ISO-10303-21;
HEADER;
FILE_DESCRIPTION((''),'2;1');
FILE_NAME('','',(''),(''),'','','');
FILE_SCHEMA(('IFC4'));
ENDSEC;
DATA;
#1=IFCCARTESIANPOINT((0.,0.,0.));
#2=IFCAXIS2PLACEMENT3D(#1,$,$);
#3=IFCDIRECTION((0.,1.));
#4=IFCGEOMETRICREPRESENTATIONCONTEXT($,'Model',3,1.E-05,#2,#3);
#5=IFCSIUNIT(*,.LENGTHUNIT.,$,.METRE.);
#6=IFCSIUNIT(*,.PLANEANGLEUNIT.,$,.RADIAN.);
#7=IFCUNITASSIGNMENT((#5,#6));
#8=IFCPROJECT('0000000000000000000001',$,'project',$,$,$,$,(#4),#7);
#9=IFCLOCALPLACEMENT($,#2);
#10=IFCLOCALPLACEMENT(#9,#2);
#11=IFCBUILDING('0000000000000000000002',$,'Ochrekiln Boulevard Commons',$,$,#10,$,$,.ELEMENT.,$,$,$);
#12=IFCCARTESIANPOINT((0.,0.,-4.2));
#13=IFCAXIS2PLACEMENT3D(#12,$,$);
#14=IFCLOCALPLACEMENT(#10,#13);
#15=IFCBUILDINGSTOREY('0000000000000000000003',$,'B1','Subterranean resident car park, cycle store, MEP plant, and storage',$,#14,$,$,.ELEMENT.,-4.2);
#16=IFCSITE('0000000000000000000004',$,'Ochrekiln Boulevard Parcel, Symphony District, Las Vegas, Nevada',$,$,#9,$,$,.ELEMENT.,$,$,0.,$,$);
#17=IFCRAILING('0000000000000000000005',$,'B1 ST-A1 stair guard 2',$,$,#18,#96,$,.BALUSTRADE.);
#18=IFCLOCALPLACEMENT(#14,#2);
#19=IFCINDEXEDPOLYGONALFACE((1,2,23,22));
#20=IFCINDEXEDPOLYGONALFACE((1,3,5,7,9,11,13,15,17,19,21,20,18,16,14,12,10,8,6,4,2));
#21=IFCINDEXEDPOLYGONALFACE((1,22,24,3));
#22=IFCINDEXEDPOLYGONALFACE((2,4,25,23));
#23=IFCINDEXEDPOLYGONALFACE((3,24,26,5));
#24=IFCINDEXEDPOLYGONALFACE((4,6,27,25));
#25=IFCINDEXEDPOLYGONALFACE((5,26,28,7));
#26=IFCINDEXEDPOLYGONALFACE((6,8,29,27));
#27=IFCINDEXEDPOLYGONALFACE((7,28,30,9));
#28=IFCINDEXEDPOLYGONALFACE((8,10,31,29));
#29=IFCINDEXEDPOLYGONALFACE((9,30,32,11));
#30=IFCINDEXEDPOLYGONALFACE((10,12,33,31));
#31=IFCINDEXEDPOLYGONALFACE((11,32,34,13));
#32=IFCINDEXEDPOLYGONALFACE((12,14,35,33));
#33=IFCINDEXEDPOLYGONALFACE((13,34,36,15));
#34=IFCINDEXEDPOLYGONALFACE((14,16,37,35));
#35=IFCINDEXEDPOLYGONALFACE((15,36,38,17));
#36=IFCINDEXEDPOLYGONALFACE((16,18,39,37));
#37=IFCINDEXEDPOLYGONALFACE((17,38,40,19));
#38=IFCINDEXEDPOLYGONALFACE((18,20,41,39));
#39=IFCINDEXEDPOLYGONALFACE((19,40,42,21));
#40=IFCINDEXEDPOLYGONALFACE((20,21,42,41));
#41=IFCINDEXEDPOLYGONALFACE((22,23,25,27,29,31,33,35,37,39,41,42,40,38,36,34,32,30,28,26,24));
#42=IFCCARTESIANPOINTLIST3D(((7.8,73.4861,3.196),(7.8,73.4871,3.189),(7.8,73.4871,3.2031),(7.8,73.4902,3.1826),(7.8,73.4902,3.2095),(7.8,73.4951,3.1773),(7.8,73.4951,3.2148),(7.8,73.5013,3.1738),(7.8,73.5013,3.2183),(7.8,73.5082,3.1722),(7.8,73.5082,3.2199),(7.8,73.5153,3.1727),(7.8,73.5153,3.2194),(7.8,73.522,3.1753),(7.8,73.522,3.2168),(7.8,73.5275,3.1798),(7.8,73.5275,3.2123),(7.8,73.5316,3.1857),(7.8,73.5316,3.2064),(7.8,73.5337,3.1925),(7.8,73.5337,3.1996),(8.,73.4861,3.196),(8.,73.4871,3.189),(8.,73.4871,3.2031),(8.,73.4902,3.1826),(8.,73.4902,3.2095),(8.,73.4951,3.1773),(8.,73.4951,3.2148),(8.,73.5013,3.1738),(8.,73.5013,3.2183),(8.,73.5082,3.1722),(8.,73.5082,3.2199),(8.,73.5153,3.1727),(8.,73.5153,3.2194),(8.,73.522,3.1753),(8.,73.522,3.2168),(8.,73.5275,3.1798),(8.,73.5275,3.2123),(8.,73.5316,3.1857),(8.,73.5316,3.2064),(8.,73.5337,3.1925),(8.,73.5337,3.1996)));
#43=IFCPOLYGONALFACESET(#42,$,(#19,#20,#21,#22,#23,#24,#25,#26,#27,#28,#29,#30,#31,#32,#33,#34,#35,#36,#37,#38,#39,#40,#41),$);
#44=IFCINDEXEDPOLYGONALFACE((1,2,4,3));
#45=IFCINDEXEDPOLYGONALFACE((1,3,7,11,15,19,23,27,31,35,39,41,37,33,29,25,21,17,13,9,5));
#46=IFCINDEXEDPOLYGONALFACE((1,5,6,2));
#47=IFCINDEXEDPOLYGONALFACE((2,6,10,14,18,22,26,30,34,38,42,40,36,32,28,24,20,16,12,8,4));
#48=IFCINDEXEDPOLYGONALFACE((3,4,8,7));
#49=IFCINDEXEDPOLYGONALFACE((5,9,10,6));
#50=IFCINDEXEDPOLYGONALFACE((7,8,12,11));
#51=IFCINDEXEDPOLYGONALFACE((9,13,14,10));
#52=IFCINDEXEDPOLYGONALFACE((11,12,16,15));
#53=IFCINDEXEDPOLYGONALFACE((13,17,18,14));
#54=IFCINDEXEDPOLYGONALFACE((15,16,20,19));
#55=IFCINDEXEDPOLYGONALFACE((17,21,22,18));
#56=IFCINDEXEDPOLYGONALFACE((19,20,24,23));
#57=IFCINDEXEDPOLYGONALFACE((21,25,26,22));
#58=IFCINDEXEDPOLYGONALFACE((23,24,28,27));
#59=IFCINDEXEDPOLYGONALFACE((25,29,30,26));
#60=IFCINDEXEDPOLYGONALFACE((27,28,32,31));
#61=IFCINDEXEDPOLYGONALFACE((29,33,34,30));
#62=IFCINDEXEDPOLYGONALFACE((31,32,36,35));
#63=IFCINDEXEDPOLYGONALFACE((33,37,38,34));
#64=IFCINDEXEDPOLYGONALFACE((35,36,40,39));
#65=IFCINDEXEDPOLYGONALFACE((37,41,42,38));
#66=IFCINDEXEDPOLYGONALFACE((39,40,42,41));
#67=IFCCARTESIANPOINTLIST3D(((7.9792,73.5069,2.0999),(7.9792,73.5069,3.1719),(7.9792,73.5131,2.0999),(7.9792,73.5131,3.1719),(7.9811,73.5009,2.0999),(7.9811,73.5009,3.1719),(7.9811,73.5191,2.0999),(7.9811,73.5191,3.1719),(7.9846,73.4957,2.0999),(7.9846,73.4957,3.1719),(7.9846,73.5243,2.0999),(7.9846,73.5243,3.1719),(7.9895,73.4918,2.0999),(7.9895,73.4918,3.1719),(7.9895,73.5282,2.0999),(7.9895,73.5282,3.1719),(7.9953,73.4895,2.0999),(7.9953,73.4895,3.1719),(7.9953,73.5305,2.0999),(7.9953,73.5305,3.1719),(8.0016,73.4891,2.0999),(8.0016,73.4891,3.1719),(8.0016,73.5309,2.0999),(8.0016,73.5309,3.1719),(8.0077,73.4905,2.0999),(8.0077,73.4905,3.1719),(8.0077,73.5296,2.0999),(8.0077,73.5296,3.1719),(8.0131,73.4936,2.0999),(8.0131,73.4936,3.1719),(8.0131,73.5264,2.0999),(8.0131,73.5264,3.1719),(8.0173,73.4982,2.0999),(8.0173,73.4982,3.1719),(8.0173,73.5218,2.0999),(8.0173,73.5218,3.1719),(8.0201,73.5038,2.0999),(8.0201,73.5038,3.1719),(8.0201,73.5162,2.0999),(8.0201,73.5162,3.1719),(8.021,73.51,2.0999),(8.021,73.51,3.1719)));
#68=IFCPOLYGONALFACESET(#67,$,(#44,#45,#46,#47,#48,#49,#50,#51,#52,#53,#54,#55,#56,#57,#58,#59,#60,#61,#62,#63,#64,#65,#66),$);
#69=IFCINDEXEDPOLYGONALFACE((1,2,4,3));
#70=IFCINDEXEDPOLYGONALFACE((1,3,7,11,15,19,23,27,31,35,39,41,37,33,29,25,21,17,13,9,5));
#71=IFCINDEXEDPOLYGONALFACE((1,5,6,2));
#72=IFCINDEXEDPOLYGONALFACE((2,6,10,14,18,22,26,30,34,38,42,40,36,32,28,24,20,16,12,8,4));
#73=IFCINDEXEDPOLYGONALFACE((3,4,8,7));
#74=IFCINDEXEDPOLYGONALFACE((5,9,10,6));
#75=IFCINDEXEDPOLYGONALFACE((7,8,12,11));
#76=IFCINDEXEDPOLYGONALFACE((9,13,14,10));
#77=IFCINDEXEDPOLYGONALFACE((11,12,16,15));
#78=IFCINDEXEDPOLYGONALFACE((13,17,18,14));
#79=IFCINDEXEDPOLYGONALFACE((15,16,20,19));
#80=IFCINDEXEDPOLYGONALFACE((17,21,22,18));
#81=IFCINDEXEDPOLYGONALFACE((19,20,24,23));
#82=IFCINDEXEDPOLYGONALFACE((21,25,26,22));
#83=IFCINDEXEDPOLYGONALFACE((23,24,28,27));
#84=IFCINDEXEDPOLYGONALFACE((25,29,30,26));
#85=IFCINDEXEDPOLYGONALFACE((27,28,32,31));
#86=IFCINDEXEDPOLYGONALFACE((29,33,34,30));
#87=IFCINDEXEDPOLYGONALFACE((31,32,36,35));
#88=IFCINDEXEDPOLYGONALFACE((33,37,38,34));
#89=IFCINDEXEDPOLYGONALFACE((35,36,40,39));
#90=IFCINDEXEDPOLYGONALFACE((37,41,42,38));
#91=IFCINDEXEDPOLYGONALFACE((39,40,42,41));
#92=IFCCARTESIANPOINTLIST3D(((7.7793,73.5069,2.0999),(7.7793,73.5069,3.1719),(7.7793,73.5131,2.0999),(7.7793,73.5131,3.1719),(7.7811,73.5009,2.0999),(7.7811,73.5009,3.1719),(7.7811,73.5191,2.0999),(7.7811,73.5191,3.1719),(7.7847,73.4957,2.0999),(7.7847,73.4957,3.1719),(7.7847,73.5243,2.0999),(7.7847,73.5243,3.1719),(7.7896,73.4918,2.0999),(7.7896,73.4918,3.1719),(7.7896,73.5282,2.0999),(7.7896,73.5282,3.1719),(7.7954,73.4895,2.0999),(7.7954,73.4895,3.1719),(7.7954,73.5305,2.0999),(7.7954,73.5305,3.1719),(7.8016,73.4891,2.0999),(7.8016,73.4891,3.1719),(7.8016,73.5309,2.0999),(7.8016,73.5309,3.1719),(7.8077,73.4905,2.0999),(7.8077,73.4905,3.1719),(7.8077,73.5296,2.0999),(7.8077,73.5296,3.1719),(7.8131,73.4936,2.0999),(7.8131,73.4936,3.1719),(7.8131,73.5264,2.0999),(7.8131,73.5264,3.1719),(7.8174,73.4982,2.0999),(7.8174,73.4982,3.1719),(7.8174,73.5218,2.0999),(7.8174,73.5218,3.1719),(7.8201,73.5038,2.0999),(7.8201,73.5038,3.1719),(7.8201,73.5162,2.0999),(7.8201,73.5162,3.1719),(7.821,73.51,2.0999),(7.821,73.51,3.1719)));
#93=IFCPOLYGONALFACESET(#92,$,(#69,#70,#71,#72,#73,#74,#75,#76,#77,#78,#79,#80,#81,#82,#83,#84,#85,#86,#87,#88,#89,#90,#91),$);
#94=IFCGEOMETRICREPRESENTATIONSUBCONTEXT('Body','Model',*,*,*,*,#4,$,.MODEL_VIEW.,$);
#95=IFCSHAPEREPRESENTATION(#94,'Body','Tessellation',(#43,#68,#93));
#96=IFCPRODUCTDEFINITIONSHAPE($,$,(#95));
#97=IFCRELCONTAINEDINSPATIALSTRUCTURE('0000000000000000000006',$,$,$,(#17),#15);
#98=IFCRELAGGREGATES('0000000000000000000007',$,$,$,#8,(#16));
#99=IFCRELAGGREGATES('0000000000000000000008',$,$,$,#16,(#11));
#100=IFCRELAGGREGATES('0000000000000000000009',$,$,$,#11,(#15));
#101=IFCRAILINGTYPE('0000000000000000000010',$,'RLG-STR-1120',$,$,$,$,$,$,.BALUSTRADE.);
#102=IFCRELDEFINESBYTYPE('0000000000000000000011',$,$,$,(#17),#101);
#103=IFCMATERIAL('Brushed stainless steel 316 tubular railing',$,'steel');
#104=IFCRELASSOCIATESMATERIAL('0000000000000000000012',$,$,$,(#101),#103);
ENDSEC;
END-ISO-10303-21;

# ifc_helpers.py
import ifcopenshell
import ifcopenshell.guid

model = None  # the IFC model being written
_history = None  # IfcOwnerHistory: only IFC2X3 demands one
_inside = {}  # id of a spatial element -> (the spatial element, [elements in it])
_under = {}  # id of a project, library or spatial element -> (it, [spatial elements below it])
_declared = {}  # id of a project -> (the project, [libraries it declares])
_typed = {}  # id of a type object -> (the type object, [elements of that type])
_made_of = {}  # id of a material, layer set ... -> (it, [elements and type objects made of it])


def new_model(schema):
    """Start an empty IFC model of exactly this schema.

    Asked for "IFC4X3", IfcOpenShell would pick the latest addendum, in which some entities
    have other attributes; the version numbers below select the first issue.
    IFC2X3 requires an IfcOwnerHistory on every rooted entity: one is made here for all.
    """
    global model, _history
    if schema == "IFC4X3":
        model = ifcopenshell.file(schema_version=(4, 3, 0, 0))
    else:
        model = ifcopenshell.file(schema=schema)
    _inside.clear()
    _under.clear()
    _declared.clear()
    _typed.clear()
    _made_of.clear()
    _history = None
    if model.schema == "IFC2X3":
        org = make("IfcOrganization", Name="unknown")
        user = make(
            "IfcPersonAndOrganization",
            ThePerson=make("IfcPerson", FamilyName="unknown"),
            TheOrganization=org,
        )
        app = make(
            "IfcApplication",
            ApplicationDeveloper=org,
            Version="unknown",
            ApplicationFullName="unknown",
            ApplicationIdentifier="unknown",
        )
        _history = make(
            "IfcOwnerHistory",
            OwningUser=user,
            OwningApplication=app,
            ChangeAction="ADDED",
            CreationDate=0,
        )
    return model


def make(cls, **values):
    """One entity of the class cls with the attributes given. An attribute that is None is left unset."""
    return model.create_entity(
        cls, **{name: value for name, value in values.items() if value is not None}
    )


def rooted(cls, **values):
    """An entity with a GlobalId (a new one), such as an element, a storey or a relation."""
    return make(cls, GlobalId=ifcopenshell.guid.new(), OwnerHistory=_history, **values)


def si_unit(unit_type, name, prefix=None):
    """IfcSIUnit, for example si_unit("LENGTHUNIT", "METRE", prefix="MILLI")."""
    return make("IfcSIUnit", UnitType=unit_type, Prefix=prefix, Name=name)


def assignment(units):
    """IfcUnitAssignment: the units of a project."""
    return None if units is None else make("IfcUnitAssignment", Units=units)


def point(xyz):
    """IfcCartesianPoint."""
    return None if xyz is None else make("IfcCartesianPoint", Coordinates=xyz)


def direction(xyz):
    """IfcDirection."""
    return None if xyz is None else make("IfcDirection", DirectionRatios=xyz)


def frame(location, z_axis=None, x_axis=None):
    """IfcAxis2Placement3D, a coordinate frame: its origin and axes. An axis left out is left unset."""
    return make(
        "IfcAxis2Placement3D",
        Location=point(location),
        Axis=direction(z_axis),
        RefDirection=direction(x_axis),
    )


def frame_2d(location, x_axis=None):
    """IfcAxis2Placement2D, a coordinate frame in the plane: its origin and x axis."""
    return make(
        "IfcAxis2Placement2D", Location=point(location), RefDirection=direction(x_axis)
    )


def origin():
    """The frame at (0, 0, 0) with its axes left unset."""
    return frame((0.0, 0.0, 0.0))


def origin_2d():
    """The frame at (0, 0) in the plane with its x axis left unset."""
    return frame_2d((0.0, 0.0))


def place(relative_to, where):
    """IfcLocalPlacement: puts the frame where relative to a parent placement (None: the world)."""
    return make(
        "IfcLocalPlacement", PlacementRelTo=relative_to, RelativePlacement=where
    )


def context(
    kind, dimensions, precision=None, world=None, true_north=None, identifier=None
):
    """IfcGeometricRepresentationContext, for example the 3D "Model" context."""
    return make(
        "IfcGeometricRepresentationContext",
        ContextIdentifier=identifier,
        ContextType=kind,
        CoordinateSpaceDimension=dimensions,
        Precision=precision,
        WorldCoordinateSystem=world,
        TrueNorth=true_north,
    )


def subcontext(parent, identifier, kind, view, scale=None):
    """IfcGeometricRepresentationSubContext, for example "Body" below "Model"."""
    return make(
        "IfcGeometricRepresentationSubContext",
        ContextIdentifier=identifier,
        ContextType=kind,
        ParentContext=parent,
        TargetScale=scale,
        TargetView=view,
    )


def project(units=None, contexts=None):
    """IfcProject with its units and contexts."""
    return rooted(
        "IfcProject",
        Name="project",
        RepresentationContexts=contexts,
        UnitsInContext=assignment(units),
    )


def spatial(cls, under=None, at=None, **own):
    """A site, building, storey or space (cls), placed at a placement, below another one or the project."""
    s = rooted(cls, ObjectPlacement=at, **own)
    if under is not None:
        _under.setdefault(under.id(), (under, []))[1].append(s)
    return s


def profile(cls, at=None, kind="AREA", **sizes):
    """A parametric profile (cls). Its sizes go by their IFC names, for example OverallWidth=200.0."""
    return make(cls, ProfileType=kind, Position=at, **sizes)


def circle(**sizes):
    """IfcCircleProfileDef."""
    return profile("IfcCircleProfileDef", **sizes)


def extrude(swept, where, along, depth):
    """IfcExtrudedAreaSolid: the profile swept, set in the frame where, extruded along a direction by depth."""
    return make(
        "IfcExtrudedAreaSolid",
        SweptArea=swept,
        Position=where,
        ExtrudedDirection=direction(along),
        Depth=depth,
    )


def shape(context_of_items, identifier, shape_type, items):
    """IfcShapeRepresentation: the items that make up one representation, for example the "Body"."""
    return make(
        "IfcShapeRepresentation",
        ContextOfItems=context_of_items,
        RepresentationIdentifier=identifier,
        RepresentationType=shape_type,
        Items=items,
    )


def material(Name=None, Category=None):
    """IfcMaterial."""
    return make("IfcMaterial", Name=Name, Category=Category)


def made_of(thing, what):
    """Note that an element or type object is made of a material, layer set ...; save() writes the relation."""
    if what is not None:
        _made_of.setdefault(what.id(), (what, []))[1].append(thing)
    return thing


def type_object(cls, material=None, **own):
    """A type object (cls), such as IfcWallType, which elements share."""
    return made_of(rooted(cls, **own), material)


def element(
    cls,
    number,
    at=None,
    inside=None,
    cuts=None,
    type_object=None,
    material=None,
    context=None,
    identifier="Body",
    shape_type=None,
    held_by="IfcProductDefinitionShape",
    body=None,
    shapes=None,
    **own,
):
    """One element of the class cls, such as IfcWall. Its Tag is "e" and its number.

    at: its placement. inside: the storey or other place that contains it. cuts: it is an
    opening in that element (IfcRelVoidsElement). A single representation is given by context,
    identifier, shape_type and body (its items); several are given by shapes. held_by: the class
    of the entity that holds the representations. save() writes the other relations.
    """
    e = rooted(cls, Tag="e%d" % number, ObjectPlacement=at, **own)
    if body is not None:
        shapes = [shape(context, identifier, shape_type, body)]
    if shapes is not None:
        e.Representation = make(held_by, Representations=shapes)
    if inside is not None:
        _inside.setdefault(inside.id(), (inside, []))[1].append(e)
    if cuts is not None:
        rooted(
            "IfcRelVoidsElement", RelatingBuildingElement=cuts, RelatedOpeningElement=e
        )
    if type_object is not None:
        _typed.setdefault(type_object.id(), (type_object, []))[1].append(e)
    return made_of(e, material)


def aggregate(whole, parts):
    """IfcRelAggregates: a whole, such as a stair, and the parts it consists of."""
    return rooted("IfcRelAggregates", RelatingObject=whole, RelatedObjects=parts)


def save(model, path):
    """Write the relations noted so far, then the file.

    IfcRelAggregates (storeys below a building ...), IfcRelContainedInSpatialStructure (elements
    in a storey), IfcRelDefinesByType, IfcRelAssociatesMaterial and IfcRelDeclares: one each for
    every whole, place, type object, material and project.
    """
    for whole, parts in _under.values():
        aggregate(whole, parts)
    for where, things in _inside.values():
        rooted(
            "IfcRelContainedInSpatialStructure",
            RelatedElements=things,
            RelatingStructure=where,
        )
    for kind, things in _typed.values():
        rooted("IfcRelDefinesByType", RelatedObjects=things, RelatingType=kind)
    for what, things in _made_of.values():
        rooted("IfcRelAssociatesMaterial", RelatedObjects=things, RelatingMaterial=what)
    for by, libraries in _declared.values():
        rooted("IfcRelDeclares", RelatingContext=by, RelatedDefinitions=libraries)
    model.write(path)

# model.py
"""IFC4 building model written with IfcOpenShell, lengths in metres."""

from ifc_helpers import new_model, si_unit, direction, frame, origin, origin_2d, place, context, subcontext, project, spatial, circle, extrude, material, type_object, element, save


model = new_model("IFC4")

# Units and contexts
model_context = context("Model", 3, precision=1e-05, world=origin(), true_north=direction((0.0, 1.0)))
body_context = subcontext(model_context, "Body", "Model", "MODEL_VIEW")
ifc_project = project(units=[si_unit("LENGTHUNIT", "METRE"), si_unit("PLANEANGLEUNIT", "RADIAN")], contexts=[model_context])

# Site, building, storey
site_placement = place(None, origin())
site = spatial("IfcSite", under=ifc_project, at=site_placement, Name="Ochrekiln Boulevard Parcel, Symphony District, Las Vegas, Nevada", CompositionType="ELEMENT", RefElevation=0.0)
building_placement = place(site_placement, origin())
building = spatial("IfcBuilding", under=site, at=building_placement, Name="Ochrekiln Boulevard Commons", CompositionType="ELEMENT")
storey_placement = place(building_placement, frame((0.0, 0.0, -4.2)))
storey = spatial("IfcBuildingStorey", under=building, at=storey_placement, Name="B1", Description="Subterranean resident car park, cycle store, MEP plant, and storage", CompositionType="ELEMENT", Elevation=-4.2)

# Railing
ifc_material_1 = material(Name="Brushed stainless steel 316 tubular railing", Category="steel")
railing_type_1 = type_object("IfcRailingType", Name="RLG-STR-1120", PredefinedType="BALUSTRADE", material=ifc_material_1)
railing_1_placement = place(storey_placement, frame((8.0, 73.51, 2.0999)))
element("IfcRailing", 1, at=railing_1_placement, inside=storey, type_object=railing_type_1, Name="B1 ST-A1 stair guard 2", PredefinedType="BALUSTRADE", context=body_context, shape_type="SweptSolid", body=[
    extrude(circle(Radius=0.0239, at=origin_2d()), frame((0.0, 0.0, 1.0962), z_axis=(-1.0, 0.0, 0.0), x_axis=(0.0, -1.0, 0.0)), (0.0, 0.0, 1.0), 0.2),
    extrude(circle(Radius=0.021, at=origin_2d()), origin(), (0.0, 0.0, 1.0), 1.072),
    extrude(circle(Radius=0.021, at=origin_2d()), frame((-0.2, 0.0, 0.0)), (0.0, 0.0, 1.0), 1.072),
])

save(model, "model.ifc")
